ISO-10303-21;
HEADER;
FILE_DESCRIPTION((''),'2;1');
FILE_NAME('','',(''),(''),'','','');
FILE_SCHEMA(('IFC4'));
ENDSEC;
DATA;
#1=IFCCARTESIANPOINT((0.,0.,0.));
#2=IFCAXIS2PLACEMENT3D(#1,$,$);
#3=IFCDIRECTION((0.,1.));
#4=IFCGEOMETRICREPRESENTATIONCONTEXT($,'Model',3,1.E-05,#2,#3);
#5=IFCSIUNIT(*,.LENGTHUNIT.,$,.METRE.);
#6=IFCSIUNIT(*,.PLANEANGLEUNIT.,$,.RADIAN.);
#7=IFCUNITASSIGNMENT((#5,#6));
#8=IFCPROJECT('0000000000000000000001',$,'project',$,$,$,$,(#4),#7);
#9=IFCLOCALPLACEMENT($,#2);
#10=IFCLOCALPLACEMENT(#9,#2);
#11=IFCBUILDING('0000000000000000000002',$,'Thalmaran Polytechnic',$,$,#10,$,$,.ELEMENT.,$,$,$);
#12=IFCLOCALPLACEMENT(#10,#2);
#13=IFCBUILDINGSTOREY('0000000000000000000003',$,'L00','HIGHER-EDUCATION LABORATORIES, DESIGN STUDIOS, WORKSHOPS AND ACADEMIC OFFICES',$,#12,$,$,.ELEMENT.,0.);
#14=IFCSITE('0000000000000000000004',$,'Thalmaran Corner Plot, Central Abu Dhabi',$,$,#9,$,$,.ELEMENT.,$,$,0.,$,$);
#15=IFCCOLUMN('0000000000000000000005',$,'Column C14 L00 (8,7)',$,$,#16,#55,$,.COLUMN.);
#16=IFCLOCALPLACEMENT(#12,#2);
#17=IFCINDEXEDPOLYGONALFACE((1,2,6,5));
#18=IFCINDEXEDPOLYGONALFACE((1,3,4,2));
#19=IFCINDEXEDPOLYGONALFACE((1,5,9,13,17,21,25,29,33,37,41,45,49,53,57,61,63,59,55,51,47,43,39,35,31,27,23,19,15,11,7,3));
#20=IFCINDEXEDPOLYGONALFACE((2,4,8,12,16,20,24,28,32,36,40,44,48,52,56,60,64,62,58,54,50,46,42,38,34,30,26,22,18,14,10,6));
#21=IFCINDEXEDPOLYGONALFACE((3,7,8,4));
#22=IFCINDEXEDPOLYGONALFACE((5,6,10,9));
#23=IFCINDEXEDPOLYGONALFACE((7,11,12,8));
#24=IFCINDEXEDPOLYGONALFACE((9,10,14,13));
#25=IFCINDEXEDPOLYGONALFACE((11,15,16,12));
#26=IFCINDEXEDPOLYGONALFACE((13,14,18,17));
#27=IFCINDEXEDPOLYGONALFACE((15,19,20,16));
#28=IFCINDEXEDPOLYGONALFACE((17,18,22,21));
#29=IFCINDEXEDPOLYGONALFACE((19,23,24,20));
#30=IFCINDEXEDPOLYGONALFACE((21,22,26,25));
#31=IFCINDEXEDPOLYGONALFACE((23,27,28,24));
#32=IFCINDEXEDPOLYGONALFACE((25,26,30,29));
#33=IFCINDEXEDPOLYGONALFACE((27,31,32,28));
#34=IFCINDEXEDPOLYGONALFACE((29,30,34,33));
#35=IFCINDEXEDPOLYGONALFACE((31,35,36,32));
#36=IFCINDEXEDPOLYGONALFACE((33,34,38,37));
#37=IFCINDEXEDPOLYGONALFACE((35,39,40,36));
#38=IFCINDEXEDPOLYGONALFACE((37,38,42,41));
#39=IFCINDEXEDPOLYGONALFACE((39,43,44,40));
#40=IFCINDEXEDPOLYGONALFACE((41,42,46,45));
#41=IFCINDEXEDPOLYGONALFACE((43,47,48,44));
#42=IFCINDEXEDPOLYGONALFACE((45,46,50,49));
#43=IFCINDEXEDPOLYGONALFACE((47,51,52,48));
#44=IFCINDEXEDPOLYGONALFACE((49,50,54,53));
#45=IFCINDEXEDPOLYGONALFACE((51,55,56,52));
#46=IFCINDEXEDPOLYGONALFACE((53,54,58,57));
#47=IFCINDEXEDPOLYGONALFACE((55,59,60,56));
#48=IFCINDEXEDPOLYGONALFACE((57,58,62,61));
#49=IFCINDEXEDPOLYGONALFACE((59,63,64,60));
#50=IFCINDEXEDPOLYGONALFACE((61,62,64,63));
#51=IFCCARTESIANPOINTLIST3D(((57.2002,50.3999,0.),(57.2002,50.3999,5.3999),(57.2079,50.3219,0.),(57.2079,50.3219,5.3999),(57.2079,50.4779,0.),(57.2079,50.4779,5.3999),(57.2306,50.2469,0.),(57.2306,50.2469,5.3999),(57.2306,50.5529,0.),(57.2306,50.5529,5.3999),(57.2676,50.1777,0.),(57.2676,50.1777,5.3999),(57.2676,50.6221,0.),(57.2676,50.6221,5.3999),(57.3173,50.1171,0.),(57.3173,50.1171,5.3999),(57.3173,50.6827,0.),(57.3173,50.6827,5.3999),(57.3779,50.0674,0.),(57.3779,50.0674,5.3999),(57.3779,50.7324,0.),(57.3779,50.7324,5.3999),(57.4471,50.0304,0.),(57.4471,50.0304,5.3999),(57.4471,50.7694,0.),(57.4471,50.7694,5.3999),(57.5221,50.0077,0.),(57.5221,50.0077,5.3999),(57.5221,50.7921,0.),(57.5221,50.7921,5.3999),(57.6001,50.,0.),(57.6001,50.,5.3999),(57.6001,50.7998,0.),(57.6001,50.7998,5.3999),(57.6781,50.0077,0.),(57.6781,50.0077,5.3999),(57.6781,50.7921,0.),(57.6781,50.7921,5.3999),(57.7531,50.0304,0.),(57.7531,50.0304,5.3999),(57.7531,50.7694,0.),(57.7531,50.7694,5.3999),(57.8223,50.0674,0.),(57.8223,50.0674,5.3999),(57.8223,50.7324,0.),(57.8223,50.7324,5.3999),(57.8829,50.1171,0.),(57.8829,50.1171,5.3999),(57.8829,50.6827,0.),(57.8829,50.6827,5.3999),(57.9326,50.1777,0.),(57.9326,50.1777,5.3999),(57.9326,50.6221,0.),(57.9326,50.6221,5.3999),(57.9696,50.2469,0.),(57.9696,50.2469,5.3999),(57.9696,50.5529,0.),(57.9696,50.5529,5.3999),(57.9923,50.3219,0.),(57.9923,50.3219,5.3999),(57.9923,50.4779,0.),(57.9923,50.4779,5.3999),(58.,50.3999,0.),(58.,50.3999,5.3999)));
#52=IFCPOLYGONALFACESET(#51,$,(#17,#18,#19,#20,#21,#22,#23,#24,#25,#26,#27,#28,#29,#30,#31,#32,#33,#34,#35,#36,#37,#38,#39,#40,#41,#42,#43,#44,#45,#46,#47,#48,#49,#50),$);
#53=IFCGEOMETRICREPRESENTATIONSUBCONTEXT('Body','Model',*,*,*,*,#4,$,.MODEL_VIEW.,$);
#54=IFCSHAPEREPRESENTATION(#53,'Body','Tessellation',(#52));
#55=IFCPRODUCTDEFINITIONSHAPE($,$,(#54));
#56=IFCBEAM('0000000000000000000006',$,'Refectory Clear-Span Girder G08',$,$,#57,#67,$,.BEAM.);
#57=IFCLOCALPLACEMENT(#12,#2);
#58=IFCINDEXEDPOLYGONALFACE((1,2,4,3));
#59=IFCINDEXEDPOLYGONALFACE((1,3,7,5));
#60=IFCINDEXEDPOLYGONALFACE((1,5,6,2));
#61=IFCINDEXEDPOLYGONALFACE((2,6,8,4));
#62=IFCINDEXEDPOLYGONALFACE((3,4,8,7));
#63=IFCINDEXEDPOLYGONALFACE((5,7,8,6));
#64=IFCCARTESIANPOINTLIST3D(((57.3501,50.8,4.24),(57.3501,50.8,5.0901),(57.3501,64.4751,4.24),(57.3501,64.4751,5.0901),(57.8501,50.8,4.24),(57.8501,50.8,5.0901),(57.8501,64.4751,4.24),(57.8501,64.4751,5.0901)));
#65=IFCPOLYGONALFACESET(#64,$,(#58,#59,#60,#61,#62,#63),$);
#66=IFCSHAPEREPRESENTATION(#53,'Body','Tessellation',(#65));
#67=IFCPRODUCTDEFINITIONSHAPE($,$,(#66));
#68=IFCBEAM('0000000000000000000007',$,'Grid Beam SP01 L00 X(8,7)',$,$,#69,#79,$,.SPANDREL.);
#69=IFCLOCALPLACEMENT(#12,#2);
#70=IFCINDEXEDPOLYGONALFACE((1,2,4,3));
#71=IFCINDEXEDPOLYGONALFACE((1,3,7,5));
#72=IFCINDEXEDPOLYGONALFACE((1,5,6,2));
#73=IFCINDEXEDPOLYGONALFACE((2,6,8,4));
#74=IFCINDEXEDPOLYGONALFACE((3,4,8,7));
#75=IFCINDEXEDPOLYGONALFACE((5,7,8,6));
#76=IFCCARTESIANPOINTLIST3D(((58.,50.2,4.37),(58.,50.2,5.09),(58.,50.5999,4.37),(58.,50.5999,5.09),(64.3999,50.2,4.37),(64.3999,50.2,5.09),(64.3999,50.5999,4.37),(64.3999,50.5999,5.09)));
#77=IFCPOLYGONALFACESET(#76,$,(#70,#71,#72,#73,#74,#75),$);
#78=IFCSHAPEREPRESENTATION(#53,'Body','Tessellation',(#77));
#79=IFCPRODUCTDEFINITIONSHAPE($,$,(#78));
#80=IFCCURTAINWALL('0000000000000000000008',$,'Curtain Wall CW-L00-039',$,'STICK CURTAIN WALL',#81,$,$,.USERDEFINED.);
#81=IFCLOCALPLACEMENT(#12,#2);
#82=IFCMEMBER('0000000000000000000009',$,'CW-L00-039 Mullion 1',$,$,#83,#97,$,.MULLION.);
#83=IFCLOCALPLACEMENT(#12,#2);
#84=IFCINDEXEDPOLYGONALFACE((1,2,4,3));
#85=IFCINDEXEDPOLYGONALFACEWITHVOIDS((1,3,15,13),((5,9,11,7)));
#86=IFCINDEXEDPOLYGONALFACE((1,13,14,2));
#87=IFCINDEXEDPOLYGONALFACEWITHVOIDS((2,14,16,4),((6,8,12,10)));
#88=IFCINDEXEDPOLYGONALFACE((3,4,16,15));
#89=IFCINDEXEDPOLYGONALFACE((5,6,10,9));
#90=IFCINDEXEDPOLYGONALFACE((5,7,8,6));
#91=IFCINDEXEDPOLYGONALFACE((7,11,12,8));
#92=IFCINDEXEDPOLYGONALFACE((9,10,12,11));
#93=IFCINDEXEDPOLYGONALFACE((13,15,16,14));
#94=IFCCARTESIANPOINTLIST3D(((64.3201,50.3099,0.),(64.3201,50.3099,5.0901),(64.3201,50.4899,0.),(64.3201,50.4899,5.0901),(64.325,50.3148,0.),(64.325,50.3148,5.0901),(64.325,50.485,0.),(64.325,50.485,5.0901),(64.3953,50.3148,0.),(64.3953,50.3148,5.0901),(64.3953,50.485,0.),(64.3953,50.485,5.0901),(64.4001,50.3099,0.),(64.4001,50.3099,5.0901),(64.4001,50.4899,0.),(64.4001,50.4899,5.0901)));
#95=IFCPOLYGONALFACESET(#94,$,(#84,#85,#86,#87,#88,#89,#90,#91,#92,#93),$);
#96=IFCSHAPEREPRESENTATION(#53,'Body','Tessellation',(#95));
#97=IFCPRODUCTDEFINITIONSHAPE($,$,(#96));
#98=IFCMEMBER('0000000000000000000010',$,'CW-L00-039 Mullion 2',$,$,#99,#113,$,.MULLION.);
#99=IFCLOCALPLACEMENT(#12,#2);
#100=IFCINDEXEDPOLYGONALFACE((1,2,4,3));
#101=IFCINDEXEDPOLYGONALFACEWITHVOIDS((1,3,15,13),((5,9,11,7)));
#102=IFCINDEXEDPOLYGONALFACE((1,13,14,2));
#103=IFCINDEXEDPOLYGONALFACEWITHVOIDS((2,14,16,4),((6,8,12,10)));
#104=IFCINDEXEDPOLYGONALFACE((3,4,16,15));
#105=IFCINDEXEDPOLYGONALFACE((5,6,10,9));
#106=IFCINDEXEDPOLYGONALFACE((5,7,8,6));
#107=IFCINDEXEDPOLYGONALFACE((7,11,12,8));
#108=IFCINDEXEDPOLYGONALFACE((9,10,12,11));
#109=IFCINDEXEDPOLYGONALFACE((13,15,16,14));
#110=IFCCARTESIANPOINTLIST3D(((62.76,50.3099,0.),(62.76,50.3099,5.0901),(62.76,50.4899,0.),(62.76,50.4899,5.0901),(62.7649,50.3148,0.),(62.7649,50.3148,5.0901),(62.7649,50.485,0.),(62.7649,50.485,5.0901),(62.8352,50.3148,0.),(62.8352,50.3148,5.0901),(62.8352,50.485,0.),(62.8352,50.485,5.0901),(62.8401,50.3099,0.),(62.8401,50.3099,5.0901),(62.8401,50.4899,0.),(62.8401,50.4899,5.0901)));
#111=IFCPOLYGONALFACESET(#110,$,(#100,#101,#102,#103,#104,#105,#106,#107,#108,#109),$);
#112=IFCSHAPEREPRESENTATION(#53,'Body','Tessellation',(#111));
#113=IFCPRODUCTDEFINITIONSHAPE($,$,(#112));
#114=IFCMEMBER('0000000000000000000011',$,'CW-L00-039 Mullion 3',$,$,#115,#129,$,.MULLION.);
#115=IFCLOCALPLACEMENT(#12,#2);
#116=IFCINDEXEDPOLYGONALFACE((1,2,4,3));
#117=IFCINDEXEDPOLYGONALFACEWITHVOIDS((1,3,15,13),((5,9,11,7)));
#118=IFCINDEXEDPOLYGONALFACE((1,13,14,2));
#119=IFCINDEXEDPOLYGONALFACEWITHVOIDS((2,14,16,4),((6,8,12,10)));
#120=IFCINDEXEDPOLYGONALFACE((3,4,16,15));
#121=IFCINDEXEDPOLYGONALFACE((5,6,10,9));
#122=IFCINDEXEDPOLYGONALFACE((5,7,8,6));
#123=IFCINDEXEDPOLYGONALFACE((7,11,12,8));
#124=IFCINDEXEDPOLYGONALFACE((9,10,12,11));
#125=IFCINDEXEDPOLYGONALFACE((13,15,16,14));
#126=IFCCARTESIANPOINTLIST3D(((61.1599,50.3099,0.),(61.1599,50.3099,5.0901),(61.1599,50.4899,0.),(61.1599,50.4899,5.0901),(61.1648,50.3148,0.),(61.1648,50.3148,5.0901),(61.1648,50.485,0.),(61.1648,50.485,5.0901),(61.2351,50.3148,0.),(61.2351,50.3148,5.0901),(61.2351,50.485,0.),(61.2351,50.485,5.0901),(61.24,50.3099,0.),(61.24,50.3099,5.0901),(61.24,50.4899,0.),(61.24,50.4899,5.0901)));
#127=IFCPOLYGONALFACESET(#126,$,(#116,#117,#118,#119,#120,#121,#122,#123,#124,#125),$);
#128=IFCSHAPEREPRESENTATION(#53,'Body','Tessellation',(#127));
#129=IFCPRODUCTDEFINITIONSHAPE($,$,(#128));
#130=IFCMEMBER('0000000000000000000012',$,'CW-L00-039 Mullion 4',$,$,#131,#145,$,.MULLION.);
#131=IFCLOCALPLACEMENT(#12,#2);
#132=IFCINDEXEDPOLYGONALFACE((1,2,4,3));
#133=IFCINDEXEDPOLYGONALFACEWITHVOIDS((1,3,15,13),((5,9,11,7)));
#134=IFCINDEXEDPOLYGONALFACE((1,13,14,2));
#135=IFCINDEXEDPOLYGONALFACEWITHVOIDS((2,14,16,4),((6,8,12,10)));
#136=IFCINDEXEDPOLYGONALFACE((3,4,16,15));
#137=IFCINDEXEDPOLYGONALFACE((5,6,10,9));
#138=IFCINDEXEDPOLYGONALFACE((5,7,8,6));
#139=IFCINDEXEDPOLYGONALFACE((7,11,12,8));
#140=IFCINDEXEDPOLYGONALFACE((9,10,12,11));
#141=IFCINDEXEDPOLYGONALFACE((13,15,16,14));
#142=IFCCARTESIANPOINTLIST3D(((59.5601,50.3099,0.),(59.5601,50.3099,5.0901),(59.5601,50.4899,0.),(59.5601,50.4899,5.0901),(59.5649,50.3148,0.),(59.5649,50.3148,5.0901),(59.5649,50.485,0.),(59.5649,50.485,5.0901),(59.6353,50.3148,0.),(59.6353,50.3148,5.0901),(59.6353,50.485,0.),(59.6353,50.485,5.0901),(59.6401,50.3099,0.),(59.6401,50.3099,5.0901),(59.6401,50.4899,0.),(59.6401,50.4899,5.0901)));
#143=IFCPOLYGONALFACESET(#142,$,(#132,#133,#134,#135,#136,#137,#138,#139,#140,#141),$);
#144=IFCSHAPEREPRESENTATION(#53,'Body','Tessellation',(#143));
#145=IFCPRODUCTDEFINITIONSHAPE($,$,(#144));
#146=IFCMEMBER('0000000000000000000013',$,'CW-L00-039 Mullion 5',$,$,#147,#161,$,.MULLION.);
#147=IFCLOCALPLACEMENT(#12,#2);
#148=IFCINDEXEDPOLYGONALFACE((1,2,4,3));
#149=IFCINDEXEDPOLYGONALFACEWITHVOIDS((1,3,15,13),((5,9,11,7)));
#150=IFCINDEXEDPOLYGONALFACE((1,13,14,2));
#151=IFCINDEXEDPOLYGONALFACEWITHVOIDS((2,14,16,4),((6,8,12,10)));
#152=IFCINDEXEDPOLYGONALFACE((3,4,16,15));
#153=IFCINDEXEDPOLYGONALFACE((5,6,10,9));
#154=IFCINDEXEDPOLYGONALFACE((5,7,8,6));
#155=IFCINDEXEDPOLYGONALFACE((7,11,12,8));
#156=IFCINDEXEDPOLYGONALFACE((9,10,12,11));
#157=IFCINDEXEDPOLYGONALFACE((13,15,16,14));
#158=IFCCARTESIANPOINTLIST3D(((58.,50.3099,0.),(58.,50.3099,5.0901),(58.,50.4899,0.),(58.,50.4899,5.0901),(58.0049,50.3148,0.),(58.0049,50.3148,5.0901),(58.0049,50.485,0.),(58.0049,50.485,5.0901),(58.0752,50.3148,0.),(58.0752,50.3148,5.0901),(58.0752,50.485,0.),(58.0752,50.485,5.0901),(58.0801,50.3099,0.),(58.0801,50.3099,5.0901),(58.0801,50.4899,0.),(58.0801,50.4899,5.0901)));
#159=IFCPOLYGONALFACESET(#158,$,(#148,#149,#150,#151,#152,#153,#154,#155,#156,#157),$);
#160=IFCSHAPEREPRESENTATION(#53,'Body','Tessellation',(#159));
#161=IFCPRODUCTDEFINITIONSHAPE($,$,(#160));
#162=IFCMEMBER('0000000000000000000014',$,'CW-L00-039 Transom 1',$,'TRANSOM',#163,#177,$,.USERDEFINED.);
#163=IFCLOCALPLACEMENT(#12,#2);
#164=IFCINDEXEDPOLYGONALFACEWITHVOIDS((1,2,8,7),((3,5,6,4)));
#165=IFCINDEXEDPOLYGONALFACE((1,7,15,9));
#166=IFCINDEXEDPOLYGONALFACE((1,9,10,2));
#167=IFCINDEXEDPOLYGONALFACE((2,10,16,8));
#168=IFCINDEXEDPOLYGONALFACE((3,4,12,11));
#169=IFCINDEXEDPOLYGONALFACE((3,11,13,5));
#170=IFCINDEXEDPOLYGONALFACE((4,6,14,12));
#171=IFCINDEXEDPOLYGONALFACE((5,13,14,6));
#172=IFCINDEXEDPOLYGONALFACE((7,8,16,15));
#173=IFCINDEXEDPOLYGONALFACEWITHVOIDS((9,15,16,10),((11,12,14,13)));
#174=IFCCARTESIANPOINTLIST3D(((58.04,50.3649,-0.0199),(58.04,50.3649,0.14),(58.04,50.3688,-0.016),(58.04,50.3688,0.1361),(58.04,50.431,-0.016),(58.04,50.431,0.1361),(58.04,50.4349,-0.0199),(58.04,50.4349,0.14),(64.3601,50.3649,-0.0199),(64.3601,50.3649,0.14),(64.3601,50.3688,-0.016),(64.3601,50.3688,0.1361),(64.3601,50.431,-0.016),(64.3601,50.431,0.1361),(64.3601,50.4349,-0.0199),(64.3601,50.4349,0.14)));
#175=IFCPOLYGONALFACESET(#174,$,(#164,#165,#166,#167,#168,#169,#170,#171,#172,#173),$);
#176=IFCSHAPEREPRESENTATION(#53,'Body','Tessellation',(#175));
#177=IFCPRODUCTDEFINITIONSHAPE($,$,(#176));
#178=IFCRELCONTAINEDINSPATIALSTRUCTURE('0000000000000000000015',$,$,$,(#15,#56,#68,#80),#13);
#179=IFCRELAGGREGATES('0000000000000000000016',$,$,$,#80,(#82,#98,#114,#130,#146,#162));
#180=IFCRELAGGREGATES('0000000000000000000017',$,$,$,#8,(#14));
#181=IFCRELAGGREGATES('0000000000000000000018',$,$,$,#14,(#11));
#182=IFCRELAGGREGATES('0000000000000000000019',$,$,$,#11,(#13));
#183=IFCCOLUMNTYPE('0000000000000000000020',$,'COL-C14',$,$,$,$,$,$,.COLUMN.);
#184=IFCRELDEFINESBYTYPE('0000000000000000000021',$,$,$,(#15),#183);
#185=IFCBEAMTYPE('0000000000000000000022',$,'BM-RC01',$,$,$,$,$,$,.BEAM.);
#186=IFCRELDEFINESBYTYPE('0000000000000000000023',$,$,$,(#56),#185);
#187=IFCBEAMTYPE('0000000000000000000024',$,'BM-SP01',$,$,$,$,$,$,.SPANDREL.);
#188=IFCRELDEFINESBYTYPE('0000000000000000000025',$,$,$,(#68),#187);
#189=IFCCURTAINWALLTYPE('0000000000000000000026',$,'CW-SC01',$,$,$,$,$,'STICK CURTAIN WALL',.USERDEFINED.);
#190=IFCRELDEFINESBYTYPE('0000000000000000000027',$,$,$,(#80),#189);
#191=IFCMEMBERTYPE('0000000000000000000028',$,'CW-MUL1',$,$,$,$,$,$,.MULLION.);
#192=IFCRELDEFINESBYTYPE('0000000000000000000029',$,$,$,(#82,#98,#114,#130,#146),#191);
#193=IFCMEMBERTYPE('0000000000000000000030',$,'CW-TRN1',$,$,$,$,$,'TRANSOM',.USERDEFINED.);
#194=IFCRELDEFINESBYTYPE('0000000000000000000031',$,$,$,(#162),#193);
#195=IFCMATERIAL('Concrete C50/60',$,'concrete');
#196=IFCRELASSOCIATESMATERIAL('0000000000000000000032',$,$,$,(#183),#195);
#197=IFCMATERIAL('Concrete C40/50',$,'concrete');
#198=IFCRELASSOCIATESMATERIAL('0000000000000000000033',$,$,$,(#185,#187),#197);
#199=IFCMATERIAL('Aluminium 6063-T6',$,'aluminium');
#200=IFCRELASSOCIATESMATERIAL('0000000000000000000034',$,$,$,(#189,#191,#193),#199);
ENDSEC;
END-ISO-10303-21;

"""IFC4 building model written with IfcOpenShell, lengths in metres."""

from ifc_helpers import new_model, si_unit, direction, frame, origin, origin_2d, place, context, subcontext, project, spatial, rectangle, hollow_rectangle, circle, extrude, material, material_profile, profile_set, type_object, element, aggregate, save


model = new_model("IFC4")

# Units and contexts
model_context = context("Model", 3, precision=1e-05, world=origin(), true_north=direction((0.0, 1.0)))
body_context = subcontext(model_context, "Body", "Model", "MODEL_VIEW")
ifc_project = project(units=[si_unit("LENGTHUNIT", "METRE"), si_unit("PLANEANGLEUNIT", "RADIAN")], contexts=[model_context])

# Site, building, storey
site_placement = place(None, origin())
site = spatial("IfcSite", under=ifc_project, at=site_placement, Name="Thalmaran Corner Plot, Central Abu Dhabi", CompositionType="ELEMENT", RefElevation=0.0)
building_placement = place(site_placement, origin())
building = spatial("IfcBuilding", under=site, at=building_placement, Name="Thalmaran Polytechnic", CompositionType="ELEMENT")
storey_placement = place(building_placement, origin())
storey = spatial("IfcBuildingStorey", under=building, at=storey_placement, Name="L00", Description="HIGHER-EDUCATION LABORATORIES, DESIGN STUDIOS, WORKSHOPS AND ACADEMIC OFFICES", CompositionType="ELEMENT", Elevation=0.0)

# Column
ifc_material_1 = material(Name="Concrete C50/60", Category="concrete")
ifc_material_profile_1 = material_profile(ifc_material_1, circle(Radius=0.3999, at=origin_2d()), Name="RC 800 DIA")
ifc_profile_set_1 = profile_set([ifc_material_profile_1], Name="Concrete C50/60")
column_type = type_object("IfcColumnType", Name="COL-C14", PredefinedType="COLUMN", material=ifc_profile_set_1)
column_placement = place(storey_placement, frame((57.6001, 50.3999, 0.0), z_axis=(0.0, 0.0, 1.0), x_axis=(1.0, 0.0, 0.0)))
element("IfcColumn", 1, at=column_placement, inside=storey, type_object=column_type, Name="Column C14 L00 (8,7)", PredefinedType="COLUMN", context=body_context, shape_type="SweptSolid", body=[
    extrude(circle(Radius=0.3999, at=origin_2d()), origin(), (0.0, 0.0, 1.0), 5.3999),
])

# Beams
ifc_material_2 = material(Name="Concrete C40/50", Category="concrete")
ifc_material_profile_2 = material_profile(ifc_material_2, rectangle(XDim=0.5, YDim=0.8501, at=origin_2d()), Name="RC 500x850")
ifc_profile_set_2 = profile_set([ifc_material_profile_2], Name="Concrete C40/50")
beam_type_1 = type_object("IfcBeamType", Name="BM-RC01", PredefinedType="BEAM", material=ifc_profile_set_2)
beam_1_placement = place(storey_placement, frame((57.6001, 50.8, 4.665), z_axis=(0.0, 1.0, 0.0), x_axis=(-1.0, 0.0, 0.0)))
element("IfcBeam", 2, at=beam_1_placement, inside=storey, type_object=beam_type_1, Name="Refectory Clear-Span Girder G08", PredefinedType="BEAM", context=body_context, shape_type="SweptSolid", body=[
    extrude(rectangle(XDim=0.5, YDim=0.8501, at=origin_2d()), origin(), (0.0, 0.0, 1.0), 13.675),
])
ifc_material_profile_3 = material_profile(ifc_material_2, rectangle(XDim=0.3999, YDim=0.72, at=origin_2d()), Name="RC 400x720")
ifc_profile_set_3 = profile_set([ifc_material_profile_3], Name="Concrete C40/50")
beam_type_2 = type_object("IfcBeamType", Name="BM-SP01", PredefinedType="SPANDREL", material=ifc_profile_set_3)
beam_2_placement = place(storey_placement, frame((58.0, 50.3999, 4.73), z_axis=(1.0, 0.0, 0.0), x_axis=(0.0, 1.0, 0.0)))
element("IfcBeam", 3, at=beam_2_placement, inside=storey, type_object=beam_type_2, Name="Grid Beam SP01 L00 X(8,7)", PredefinedType="SPANDREL", context=body_context, shape_type="SweptSolid", body=[
    extrude(rectangle(XDim=0.3999, YDim=0.72, at=origin_2d()), origin(), (0.0, 0.0, 1.0), 6.3999),
])

# Curtain wall, members
ifc_material_3 = material(Name="Aluminium 6063-T6", Category="aluminium")
curtain_wall_type = type_object("IfcCurtainWallType", Name="CW-SC01", ElementType="STICK CURTAIN WALL", PredefinedType="USERDEFINED", material=ifc_material_3)
curtain_wall_1_placement = place(storey_placement, origin())
curtain_wall_1 = element("IfcCurtainWall", 4, at=curtain_wall_1_placement, inside=storey, type_object=curtain_wall_type, Name="Curtain Wall CW-L00-039", ObjectType="STICK CURTAIN WALL", PredefinedType="USERDEFINED")
ifc_material_profile_4 = material_profile(ifc_material_3, hollow_rectangle(XDim=0.0801, YDim=0.1799, WallThickness=0.0049, at=origin_2d()), Name="RHS 180x80x5.0")
ifc_profile_set_4 = profile_set([ifc_material_profile_4], Name="Aluminium 6063-T6")
member_type_1 = type_object("IfcMemberType", Name="CW-MUL1", PredefinedType="MULLION", material=ifc_profile_set_4)
member_1_placement = place(storey_placement, frame((64.3601, 50.3999, 0.0), z_axis=(0.0, 0.0, 1.0), x_axis=(1.0, 0.0, 0.0)))
member_1 = element("IfcMember", 5, at=member_1_placement, type_object=member_type_1, Name="CW-L00-039 Mullion 1", PredefinedType="MULLION", context=body_context, shape_type="SweptSolid", body=[
    extrude(hollow_rectangle(XDim=0.0801, YDim=0.1799, WallThickness=0.0049, at=origin_2d()), origin(), (0.0, 0.0, 1.0), 5.0901),
])
member_2_placement = place(storey_placement, frame((62.8, 50.3999, 0.0), z_axis=(0.0, 0.0, 1.0), x_axis=(1.0, 0.0, 0.0)))
member_2 = element("IfcMember", 6, at=member_2_placement, type_object=member_type_1, Name="CW-L00-039 Mullion 2", PredefinedType="MULLION", context=body_context, shape_type="SweptSolid", body=[
    extrude(hollow_rectangle(XDim=0.0801, YDim=0.1799, WallThickness=0.0049, at=origin_2d()), origin(), (0.0, 0.0, 1.0), 5.0901),
])
member_3_placement = place(storey_placement, frame((61.2, 50.3999, 0.0), z_axis=(0.0, 0.0, 1.0), x_axis=(1.0, 0.0, 0.0)))
member_3 = element("IfcMember", 7, at=member_3_placement, type_object=member_type_1, Name="CW-L00-039 Mullion 3", PredefinedType="MULLION", context=body_context, shape_type="SweptSolid", body=[
    extrude(hollow_rectangle(XDim=0.0801, YDim=0.1799, WallThickness=0.0049, at=origin_2d()), origin(), (0.0, 0.0, 1.0), 5.0901),
])
member_4_placement = place(storey_placement, frame((59.6001, 50.3999, 0.0), z_axis=(0.0, 0.0, 1.0), x_axis=(1.0, 0.0, 0.0)))
member_4 = element("IfcMember", 8, at=member_4_placement, type_object=member_type_1, Name="CW-L00-039 Mullion 4", PredefinedType="MULLION", context=body_context, shape_type="SweptSolid", body=[
    extrude(hollow_rectangle(XDim=0.0801, YDim=0.1799, WallThickness=0.0049, at=origin_2d()), origin(), (0.0, 0.0, 1.0), 5.0901),
])
member_5_placement = place(storey_placement, frame((58.04, 50.3999, 0.0), z_axis=(0.0, 0.0, 1.0), x_axis=(1.0, 0.0, 0.0)))
member_5 = element("IfcMember", 9, at=member_5_placement, type_object=member_type_1, Name="CW-L00-039 Mullion 5", PredefinedType="MULLION", context=body_context, shape_type="SweptSolid", body=[
    extrude(hollow_rectangle(XDim=0.0801, YDim=0.1799, WallThickness=0.0049, at=origin_2d()), origin(), (0.0, 0.0, 1.0), 5.0901),
])
ifc_material_profile_5 = material_profile(ifc_material_3, hollow_rectangle(XDim=0.0701, YDim=0.1599, WallThickness=0.0039, at=origin_2d()), Name="AL 160x70x4.0")
ifc_profile_set_5 = profile_set([ifc_material_profile_5], Name="Aluminium 6063-T6")
member_type_2 = type_object("IfcMemberType", Name="CW-TRN1", ElementType="TRANSOM", PredefinedType="USERDEFINED", material=ifc_profile_set_5)
member_6_placement = place(storey_placement, frame((64.3601, 50.3999, 0.0601), z_axis=(-1.0, 0.0, 0.0), x_axis=(0.0, -1.0, 0.0)))
member_6 = element("IfcMember", 10, at=member_6_placement, type_object=member_type_2, Name="CW-L00-039 Transom 1", ObjectType="TRANSOM", PredefinedType="USERDEFINED", context=body_context, shape_type="SweptSolid", body=[
    extrude(hollow_rectangle(XDim=0.0701, YDim=0.1599, WallThickness=0.0039, at=origin_2d()), origin(), (0.0, 0.0, 1.0), 6.3201),
])

aggregate(curtain_wall_1, [member_1, member_2, member_3, member_4, member_5, member_6])

save(model, "model.ifc")
